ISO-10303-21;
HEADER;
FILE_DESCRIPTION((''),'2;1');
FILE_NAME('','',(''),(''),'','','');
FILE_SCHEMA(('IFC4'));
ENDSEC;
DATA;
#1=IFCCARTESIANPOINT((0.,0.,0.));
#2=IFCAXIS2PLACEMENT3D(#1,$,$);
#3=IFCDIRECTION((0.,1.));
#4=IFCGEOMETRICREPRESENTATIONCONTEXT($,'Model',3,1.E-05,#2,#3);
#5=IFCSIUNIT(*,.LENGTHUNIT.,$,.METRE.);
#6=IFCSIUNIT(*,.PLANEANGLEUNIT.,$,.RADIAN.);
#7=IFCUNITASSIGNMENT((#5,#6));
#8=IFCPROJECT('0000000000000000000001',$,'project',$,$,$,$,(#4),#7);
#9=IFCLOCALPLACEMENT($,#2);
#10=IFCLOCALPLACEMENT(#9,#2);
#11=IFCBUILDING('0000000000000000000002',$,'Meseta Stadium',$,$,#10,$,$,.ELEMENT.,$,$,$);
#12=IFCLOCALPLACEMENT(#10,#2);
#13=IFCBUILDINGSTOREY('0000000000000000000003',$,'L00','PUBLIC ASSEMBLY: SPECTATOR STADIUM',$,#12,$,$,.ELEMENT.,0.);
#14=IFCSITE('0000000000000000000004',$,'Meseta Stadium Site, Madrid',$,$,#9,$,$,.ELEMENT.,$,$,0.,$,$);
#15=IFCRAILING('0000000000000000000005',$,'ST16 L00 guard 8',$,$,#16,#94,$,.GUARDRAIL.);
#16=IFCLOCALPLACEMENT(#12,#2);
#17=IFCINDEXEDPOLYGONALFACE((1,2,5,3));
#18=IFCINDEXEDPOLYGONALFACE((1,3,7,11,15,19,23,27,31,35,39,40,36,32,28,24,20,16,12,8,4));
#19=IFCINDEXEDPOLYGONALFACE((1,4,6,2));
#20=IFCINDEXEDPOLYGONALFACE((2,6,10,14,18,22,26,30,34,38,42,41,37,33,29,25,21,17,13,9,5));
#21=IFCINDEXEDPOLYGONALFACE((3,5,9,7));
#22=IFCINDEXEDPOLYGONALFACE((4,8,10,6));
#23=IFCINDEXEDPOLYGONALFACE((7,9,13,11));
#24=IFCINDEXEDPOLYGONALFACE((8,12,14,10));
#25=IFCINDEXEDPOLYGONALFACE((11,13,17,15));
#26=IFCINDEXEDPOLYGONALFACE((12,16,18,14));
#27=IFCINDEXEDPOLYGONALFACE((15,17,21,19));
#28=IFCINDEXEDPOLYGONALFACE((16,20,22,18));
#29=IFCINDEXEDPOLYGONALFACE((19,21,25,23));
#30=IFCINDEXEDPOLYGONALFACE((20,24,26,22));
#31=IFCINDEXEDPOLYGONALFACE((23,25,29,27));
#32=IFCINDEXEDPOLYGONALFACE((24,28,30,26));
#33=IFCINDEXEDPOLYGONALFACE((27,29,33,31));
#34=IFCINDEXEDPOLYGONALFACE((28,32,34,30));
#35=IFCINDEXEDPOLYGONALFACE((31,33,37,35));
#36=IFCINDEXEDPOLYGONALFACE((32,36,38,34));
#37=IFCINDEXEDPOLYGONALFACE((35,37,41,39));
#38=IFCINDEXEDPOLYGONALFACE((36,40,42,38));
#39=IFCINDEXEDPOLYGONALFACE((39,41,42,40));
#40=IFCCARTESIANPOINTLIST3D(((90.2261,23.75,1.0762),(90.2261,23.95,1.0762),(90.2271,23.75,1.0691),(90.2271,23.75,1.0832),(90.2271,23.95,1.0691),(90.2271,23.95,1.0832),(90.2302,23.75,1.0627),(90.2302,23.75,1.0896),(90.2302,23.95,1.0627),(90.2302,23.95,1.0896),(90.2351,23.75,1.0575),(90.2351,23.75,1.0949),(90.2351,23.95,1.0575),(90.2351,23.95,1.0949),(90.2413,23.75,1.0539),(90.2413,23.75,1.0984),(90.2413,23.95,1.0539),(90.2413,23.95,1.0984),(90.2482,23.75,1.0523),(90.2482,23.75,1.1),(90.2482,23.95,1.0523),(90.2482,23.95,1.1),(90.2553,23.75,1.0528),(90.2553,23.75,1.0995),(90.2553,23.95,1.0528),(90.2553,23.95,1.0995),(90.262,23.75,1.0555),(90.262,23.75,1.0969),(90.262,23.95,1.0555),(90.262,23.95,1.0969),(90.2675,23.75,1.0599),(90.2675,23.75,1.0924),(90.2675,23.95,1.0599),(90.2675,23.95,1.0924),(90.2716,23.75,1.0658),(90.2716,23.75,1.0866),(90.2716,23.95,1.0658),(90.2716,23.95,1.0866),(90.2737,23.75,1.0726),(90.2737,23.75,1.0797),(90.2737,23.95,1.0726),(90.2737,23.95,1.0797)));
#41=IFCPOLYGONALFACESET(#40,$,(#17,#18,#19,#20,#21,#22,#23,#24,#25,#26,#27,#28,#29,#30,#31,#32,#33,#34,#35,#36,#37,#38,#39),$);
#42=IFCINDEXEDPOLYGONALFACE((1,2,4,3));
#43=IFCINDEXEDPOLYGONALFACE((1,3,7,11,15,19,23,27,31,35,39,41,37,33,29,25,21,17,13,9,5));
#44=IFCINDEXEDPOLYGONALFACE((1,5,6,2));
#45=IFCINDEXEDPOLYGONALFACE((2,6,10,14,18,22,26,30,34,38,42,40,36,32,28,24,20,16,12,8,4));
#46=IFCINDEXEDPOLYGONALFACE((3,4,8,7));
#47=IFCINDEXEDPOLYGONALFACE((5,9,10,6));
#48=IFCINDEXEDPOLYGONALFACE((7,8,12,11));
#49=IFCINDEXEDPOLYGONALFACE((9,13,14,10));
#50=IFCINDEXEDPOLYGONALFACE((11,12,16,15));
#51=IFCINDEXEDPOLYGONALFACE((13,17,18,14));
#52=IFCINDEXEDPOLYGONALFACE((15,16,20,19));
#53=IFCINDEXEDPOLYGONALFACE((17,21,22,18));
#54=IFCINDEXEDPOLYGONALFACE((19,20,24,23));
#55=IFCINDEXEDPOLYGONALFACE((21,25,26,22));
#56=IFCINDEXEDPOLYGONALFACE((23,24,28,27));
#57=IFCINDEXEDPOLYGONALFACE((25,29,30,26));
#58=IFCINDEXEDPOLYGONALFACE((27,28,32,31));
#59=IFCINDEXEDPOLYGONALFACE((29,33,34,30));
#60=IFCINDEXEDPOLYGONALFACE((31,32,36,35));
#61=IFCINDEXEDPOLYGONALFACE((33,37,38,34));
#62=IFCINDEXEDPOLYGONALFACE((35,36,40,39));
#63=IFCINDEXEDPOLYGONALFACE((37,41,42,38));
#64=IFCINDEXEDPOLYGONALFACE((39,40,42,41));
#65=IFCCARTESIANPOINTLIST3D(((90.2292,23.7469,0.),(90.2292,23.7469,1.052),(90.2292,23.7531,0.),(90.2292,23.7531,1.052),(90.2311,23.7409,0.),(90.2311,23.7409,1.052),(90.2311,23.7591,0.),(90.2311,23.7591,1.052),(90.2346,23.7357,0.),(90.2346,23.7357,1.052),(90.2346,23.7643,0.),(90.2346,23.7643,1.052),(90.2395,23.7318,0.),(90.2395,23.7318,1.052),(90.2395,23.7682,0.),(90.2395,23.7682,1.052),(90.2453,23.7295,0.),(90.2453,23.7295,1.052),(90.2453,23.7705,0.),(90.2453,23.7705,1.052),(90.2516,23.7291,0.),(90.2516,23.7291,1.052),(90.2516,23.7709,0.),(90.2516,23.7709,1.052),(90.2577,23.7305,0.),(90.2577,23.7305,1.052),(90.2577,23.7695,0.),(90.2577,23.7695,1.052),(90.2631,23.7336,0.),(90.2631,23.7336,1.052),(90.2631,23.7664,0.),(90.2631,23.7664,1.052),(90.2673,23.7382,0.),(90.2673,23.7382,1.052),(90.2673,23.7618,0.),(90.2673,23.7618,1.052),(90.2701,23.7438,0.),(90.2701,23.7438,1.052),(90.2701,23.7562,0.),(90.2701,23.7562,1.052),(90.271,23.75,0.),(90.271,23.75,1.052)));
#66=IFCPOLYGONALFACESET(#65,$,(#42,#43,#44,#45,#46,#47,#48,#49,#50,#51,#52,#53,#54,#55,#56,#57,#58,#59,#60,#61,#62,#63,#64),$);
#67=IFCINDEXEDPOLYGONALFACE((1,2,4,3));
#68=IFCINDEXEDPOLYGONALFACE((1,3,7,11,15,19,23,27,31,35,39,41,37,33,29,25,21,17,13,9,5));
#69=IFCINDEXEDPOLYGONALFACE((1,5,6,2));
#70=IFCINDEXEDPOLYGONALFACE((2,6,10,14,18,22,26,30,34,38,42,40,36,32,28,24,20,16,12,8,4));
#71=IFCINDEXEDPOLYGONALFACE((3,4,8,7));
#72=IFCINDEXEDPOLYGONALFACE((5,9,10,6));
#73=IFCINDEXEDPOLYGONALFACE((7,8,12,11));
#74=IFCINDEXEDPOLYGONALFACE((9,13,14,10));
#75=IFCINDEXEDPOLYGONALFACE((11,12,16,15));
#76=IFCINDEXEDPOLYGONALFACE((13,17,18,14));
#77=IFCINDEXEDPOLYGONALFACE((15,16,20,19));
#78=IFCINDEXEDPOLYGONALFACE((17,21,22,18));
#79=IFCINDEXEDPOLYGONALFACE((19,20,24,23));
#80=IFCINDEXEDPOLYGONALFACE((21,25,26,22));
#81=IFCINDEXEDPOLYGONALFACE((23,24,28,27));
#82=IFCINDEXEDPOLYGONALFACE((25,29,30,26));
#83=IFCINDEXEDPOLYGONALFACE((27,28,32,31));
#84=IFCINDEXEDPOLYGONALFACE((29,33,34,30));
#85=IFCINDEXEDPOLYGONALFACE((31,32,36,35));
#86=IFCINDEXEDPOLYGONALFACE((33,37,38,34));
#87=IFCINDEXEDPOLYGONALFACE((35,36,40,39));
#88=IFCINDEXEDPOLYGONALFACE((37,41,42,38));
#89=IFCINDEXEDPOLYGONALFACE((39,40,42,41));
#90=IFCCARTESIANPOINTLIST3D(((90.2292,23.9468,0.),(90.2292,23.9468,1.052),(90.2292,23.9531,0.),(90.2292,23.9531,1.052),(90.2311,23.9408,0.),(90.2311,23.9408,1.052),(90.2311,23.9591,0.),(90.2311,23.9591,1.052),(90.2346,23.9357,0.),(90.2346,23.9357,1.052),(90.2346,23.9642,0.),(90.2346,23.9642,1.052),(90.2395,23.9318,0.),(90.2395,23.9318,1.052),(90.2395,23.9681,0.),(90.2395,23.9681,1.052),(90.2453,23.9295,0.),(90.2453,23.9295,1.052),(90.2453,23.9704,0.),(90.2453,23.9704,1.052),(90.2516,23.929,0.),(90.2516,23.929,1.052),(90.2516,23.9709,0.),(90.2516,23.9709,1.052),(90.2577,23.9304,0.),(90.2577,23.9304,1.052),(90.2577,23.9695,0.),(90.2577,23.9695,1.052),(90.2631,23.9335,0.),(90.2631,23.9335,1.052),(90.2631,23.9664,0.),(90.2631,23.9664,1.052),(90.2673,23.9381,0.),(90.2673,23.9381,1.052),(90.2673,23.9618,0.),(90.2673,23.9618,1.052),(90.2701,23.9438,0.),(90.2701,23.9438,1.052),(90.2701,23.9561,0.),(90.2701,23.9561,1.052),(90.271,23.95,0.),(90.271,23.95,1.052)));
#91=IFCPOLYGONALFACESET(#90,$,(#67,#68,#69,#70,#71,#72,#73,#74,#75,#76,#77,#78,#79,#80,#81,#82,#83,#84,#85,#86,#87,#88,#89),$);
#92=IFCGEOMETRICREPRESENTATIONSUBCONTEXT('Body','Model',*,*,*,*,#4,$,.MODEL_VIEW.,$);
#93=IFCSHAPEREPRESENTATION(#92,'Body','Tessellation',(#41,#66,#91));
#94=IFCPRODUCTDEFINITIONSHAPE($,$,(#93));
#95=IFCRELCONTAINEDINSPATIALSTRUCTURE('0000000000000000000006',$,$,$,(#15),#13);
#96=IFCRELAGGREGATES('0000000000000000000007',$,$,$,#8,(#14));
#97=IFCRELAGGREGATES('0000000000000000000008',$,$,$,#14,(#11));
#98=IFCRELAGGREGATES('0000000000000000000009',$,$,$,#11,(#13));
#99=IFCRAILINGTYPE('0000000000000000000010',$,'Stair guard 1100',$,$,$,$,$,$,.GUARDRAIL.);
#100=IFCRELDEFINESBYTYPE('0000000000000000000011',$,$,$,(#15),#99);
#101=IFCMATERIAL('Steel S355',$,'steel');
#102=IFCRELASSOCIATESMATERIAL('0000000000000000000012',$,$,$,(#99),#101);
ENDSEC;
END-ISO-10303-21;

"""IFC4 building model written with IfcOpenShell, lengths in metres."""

from ifc_helpers import new_model, si_unit, direction, frame, origin, origin_2d, place, context, subcontext, project, spatial, circle, extrude, material, type_object, element, save


model = new_model("IFC4")

# Units and contexts
model_context = context("Model", 3, precision=1e-05, world=origin(), true_north=direction((0.0, 1.0)))
body_context = subcontext(model_context, "Body", "Model", "MODEL_VIEW")
ifc_project = project(units=[si_unit("LENGTHUNIT", "METRE"), si_unit("PLANEANGLEUNIT", "RADIAN")], contexts=[model_context])

# Site, building, storey
site_placement = place(None, origin())
site = spatial("IfcSite", under=ifc_project, at=site_placement, Name="Meseta Stadium Site, Madrid", CompositionType="ELEMENT", RefElevation=0.0)
building_placement = place(site_placement, origin())
building = spatial("IfcBuilding", under=site, at=building_placement, Name="Meseta Stadium", CompositionType="ELEMENT")
storey_placement = place(building_placement, origin())
storey = spatial("IfcBuildingStorey", under=building, at=storey_placement, Name="L00", Description="PUBLIC ASSEMBLY: SPECTATOR STADIUM", CompositionType="ELEMENT", Elevation=0.0)

# Railing
ifc_material_1 = material(Name="Steel S355", Category="steel")
railing_type_1 = type_object("IfcRailingType", Name="Stair guard 1100", PredefinedType="GUARDRAIL", material=ifc_material_1)
railing_1_placement = place(storey_placement, frame((90.25, 23.75, 0.0)))
element("IfcRailing", 1, at=railing_1_placement, inside=storey, type_object=railing_type_1, Name="ST16 L00 guard 8", PredefinedType="GUARDRAIL", context=body_context, shape_type="SweptSolid", body=[
    extrude(circle(Radius=0.0239, at=origin_2d()), frame((0.0, 0.0, 1.0762), z_axis=(0.0, 1.0, 0.0), x_axis=(-1.0, 0.0, 0.0)), (0.0, 0.0, 1.0), 0.2),
    extrude(circle(Radius=0.021, at=origin_2d()), origin(), (0.0, 0.0, 1.0), 1.052),
    extrude(circle(Radius=0.021, at=origin_2d()), frame((0.0, 0.2, 0.0)), (0.0, 0.0, 1.0), 1.052),
])

save(model, "model.ifc")
